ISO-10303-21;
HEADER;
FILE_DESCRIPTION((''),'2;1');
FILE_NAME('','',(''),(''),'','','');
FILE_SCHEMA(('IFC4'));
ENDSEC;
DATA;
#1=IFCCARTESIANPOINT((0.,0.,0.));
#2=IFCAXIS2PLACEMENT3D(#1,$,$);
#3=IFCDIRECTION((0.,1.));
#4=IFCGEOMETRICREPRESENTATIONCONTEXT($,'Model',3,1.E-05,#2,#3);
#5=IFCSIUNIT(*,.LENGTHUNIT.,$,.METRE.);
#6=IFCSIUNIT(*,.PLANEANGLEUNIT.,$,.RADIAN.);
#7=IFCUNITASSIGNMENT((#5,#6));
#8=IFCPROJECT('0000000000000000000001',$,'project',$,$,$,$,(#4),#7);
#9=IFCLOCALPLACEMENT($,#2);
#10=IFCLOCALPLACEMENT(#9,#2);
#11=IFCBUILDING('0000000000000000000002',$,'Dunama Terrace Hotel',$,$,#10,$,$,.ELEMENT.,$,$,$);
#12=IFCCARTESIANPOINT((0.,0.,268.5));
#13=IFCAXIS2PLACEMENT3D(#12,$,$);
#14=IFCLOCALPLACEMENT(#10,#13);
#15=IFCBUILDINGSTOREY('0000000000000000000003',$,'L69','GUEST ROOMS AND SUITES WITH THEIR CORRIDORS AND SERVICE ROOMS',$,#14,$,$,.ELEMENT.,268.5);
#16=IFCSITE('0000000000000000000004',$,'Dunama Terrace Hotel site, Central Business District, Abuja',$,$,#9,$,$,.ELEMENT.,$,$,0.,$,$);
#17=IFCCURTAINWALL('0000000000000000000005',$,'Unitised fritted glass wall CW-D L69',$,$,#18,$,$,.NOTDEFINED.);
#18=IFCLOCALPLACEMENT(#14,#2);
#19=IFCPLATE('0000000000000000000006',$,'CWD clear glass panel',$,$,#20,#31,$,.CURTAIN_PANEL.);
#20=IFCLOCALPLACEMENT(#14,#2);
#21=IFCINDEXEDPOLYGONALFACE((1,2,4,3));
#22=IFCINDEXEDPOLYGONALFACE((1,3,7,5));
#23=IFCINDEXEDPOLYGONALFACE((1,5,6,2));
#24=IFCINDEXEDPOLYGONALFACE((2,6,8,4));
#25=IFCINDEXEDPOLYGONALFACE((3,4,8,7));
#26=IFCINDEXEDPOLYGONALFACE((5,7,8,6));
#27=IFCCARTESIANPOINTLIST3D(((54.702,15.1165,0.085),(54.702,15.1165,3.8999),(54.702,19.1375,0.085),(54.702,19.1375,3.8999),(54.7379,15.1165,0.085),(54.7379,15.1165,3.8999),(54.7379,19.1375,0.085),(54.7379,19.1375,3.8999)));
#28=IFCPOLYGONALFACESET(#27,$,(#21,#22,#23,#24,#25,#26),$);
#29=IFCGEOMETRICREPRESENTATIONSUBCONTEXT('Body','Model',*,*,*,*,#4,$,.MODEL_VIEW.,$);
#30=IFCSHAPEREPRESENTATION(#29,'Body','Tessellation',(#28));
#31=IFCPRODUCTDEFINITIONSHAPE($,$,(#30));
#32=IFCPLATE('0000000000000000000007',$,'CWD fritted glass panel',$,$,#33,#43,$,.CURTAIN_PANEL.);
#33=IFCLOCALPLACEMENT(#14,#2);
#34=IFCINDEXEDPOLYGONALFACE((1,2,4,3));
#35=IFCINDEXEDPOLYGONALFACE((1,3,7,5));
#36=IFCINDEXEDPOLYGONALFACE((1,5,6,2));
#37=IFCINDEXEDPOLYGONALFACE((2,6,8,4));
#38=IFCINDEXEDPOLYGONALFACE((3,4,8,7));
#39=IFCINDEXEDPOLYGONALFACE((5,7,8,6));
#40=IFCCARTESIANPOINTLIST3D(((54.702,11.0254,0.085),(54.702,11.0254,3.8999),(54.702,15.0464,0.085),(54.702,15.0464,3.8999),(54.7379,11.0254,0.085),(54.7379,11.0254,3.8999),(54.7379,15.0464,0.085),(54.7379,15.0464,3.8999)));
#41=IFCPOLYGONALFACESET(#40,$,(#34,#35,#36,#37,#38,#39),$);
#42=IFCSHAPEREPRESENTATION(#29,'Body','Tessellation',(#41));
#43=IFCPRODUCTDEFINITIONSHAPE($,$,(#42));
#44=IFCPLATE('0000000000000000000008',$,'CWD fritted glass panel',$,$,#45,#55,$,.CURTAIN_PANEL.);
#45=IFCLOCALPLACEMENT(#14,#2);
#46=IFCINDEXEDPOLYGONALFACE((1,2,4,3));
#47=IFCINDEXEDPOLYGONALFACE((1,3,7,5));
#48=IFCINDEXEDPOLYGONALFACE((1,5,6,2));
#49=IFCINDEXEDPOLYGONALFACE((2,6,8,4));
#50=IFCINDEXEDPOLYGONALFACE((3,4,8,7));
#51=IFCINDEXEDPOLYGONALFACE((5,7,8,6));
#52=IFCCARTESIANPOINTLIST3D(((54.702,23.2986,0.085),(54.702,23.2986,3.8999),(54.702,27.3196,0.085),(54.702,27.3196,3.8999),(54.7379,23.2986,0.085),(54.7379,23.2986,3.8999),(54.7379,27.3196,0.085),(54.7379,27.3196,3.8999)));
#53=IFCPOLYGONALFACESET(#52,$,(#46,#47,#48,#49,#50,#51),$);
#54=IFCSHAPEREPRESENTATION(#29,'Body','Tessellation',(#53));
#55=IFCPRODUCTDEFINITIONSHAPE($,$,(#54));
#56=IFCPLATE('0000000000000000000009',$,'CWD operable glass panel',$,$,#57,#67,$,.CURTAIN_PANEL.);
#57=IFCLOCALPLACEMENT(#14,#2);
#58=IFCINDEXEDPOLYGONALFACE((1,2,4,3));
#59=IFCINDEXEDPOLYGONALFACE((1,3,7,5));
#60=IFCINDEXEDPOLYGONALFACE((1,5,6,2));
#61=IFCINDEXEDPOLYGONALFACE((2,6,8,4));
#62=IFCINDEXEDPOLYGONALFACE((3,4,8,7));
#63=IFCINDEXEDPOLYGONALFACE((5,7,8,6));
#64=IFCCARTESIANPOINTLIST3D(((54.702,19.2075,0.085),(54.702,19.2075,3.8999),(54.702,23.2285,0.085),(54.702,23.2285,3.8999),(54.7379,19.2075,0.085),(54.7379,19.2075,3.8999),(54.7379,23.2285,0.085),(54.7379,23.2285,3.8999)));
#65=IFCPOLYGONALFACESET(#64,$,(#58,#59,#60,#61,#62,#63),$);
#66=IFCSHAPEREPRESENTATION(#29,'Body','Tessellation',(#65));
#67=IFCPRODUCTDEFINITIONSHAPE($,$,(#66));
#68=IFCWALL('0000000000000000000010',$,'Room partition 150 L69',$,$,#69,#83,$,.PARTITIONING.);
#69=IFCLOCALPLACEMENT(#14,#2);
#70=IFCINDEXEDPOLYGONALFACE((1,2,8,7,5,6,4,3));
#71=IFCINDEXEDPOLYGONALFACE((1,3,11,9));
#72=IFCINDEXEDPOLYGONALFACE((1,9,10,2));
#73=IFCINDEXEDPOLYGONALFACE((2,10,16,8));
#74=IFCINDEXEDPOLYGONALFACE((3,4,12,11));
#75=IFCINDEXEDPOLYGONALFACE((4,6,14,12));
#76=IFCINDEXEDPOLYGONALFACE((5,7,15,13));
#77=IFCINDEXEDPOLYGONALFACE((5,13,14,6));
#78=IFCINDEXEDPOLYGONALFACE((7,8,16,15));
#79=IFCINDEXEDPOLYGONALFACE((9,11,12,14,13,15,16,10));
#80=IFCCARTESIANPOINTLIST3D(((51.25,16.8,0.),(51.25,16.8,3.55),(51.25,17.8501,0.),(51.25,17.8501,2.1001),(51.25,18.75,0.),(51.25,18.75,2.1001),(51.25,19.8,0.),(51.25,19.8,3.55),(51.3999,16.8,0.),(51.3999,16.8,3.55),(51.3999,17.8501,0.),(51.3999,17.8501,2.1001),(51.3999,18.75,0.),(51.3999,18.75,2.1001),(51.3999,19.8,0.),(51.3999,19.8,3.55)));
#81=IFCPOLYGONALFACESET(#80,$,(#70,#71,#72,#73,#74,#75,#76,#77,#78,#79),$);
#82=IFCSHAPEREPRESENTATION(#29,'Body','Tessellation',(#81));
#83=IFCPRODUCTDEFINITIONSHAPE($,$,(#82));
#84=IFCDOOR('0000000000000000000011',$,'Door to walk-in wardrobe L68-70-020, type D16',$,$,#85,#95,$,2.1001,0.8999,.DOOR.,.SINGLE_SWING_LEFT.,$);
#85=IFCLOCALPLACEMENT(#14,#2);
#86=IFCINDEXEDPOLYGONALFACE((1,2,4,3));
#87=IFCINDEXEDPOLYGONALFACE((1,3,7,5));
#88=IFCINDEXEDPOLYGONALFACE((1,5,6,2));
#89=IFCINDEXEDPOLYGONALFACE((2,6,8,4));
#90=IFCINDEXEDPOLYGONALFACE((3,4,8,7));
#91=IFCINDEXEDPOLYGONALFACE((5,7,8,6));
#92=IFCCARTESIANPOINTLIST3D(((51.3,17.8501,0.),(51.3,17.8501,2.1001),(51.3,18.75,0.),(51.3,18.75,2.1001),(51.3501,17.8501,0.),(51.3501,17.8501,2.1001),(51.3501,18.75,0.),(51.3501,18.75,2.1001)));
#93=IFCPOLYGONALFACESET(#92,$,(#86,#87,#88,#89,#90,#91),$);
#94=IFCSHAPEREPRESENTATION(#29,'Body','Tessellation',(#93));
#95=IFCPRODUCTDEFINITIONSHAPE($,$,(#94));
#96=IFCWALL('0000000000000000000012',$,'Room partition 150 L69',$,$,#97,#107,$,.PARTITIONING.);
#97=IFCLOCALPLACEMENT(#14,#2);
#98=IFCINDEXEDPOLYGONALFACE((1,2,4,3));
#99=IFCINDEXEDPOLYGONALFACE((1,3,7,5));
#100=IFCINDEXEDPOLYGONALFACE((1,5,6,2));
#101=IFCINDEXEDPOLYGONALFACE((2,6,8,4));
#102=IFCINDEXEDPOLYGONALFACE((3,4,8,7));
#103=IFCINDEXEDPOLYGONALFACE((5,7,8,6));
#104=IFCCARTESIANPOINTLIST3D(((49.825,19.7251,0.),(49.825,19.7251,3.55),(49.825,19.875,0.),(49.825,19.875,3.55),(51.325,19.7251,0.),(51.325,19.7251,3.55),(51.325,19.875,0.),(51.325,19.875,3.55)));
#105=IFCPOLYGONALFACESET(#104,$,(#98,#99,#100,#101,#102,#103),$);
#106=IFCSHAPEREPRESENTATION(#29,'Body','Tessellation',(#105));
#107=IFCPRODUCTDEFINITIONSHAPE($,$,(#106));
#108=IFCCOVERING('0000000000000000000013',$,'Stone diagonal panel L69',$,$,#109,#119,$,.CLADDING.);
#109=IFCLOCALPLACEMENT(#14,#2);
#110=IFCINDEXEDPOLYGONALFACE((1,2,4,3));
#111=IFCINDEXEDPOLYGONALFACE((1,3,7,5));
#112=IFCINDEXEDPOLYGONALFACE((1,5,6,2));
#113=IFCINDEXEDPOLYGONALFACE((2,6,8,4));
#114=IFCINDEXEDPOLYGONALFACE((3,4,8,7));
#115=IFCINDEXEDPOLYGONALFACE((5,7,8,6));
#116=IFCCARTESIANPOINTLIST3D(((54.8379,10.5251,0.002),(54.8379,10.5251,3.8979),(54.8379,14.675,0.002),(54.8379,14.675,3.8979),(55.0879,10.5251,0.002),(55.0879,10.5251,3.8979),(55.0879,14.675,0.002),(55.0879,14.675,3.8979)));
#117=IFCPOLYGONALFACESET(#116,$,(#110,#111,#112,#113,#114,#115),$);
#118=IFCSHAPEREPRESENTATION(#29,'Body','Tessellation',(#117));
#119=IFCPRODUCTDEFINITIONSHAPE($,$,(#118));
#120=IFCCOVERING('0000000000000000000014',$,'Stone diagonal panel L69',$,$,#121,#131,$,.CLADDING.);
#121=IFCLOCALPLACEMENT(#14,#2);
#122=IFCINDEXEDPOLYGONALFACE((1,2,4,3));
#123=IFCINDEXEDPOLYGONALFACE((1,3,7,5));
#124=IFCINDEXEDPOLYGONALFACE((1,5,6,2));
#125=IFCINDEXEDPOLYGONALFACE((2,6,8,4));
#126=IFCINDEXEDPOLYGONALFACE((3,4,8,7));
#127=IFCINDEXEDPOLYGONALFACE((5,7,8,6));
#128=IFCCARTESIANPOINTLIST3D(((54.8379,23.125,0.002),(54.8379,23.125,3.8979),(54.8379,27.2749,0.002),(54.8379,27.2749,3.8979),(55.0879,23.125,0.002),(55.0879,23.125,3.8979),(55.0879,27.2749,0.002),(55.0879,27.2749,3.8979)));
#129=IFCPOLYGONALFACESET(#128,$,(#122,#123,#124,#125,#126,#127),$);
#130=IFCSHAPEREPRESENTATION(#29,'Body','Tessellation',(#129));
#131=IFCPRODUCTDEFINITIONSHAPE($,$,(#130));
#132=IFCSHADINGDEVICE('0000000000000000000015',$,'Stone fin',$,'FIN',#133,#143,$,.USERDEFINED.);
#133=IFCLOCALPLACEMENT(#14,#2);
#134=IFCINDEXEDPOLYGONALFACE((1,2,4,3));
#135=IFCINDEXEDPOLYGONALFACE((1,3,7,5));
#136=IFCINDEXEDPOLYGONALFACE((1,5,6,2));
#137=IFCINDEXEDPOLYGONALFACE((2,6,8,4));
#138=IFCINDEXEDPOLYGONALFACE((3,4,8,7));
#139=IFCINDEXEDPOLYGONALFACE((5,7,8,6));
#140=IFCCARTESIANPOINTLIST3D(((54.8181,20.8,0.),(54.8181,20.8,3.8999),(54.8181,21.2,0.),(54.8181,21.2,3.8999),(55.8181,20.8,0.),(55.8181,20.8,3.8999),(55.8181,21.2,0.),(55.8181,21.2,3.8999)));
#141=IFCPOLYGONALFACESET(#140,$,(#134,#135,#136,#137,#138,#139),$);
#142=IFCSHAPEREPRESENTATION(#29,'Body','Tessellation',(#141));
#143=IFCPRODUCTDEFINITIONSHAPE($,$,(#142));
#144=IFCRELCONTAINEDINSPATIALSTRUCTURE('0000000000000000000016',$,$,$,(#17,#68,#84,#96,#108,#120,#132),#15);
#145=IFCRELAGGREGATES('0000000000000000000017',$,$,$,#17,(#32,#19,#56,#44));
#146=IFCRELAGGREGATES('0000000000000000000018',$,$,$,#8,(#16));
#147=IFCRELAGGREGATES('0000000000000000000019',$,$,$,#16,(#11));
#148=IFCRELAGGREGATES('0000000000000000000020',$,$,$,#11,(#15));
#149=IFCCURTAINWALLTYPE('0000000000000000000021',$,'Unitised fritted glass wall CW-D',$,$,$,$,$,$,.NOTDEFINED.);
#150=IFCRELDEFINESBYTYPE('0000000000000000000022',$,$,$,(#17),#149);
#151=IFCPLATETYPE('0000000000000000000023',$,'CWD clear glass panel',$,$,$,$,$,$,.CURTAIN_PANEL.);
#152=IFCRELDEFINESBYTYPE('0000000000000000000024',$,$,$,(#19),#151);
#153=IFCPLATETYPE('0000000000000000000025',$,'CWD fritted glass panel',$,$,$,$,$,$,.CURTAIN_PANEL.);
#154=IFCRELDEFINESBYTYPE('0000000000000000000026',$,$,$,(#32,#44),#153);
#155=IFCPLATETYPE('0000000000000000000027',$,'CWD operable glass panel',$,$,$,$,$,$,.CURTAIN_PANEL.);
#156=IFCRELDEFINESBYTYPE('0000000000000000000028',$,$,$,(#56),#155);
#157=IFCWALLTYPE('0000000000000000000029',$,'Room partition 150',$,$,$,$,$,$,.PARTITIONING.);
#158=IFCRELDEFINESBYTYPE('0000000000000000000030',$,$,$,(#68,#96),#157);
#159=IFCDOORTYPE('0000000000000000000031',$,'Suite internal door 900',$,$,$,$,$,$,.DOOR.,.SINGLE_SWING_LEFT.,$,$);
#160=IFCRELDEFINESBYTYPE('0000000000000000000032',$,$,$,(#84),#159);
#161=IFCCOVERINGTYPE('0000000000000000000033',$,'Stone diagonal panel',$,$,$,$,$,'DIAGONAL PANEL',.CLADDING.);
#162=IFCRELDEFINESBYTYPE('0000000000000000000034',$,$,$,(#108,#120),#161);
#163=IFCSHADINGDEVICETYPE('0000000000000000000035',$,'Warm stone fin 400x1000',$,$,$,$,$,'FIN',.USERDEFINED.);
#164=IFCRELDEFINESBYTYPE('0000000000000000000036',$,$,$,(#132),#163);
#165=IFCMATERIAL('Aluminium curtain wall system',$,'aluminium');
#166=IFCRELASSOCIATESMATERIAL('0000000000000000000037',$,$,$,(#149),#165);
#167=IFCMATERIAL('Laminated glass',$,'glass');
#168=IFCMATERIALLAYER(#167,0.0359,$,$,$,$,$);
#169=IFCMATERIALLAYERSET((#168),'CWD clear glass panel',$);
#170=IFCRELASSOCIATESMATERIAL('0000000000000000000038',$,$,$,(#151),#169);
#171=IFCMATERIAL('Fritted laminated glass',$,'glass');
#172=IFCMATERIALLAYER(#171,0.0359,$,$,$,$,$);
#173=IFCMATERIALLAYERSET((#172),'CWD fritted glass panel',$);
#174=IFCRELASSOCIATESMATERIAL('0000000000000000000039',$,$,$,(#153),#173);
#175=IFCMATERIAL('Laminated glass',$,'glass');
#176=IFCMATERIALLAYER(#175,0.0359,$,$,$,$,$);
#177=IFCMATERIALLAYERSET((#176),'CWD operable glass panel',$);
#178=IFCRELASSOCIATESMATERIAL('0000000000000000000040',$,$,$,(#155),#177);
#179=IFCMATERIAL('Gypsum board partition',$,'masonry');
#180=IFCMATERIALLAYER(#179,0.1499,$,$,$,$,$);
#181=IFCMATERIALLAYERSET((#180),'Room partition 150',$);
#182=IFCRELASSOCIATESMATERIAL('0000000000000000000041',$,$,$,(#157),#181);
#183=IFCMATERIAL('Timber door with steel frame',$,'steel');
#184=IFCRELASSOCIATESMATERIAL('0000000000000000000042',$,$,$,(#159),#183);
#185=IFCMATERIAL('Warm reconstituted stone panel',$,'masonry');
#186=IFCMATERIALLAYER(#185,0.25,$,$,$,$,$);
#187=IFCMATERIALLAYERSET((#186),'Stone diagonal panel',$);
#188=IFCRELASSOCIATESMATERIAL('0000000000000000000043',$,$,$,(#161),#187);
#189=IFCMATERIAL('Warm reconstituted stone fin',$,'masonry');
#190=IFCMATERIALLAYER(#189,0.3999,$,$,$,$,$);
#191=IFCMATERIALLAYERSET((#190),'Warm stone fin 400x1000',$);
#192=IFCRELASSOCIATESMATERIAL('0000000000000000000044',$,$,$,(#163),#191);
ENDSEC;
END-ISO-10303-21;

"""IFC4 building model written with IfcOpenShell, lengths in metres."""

from ifc_helpers import new_model, si_unit, direction, frame, frame_2d, origin, origin_2d, place, context, subcontext, project, spatial, rectangle, extrude, material, layer, layer_set, type_object, element, fill, aggregate, save


model = new_model("IFC4")

# Units and contexts
model_context = context("Model", 3, precision=1e-05, world=origin(), true_north=direction((0.0, 1.0)))
body_context = subcontext(model_context, "Body", "Model", "MODEL_VIEW")
ifc_project = project(units=[si_unit("LENGTHUNIT", "METRE"), si_unit("PLANEANGLEUNIT", "RADIAN")], contexts=[model_context])

# Site, building, storey
site_placement = place(None, origin())
site = spatial("IfcSite", under=ifc_project, at=site_placement, Name="Dunama Terrace Hotel site, Central Business District, Abuja", CompositionType="ELEMENT", RefElevation=0.0)
building_placement = place(site_placement, origin())
building = spatial("IfcBuilding", under=site, at=building_placement, Name="Dunama Terrace Hotel", CompositionType="ELEMENT")
storey_placement = place(building_placement, frame((0.0, 0.0, 268.5)))
storey = spatial("IfcBuildingStorey", under=building, at=storey_placement, Name="L69", Description="GUEST ROOMS AND SUITES WITH THEIR CORRIDORS AND SERVICE ROOMS", CompositionType="ELEMENT", Elevation=268.5)

# Curtain wall
ifc_material_1 = material(Name="Aluminium curtain wall system", Category="aluminium")
curtain_wall_type = type_object("IfcCurtainWallType", Name="Unitised fritted glass wall CW-D", PredefinedType="NOTDEFINED", material=ifc_material_1)
curtain_wall_placement = place(storey_placement, origin())
curtain_wall = element("IfcCurtainWall", 1, at=curtain_wall_placement, inside=storey, type_object=curtain_wall_type, Name="Unitised fritted glass wall CW-D L69", PredefinedType="NOTDEFINED")

# Plates
ifc_material_2 = material(Name="Laminated glass", Category="glass")
ifc_layer_1 = layer(ifc_material_2, 0.0359)
ifc_layer_set_1 = layer_set([ifc_layer_1], Name="CWD clear glass panel")
plate_type_1 = type_object("IfcPlateType", Name="CWD clear glass panel", PredefinedType="CURTAIN_PANEL", material=ifc_layer_set_1)
plate_1_placement = place(storey_placement, frame((54.72, 17.127, 0.085), z_axis=(0.0, 0.0, 1.0), x_axis=(0.0, 1.0, 0.0)))
plate_1 = element("IfcPlate", 2, at=plate_1_placement, type_object=plate_type_1, Name="CWD clear glass panel", PredefinedType="CURTAIN_PANEL", context=body_context, shape_type="SweptSolid", body=[
    extrude(rectangle(XDim=4.021, YDim=0.0359, at=origin_2d()), origin(), (0.0, 0.0, 1.0), 3.8149),
])
ifc_material_3 = material(Name="Fritted laminated glass", Category="glass")
ifc_layer_2 = layer(ifc_material_3, 0.0359)
ifc_layer_set_2 = layer_set([ifc_layer_2], Name="CWD fritted glass panel")
plate_type_2 = type_object("IfcPlateType", Name="CWD fritted glass panel", PredefinedType="CURTAIN_PANEL", material=ifc_layer_set_2)
plate_2_placement = place(storey_placement, frame((54.72, 13.0359, 0.085), z_axis=(0.0, 0.0, 1.0), x_axis=(0.0, 1.0, 0.0)))
plate_2 = element("IfcPlate", 3, at=plate_2_placement, type_object=plate_type_2, Name="CWD fritted glass panel", PredefinedType="CURTAIN_PANEL", context=body_context, shape_type="SweptSolid", body=[
    extrude(rectangle(XDim=4.021, YDim=0.0359, at=origin_2d()), origin(), (0.0, 0.0, 1.0), 3.8149),
])
plate_3_placement = place(storey_placement, frame((54.72, 25.3091, 0.085), z_axis=(0.0, 0.0, 1.0), x_axis=(0.0, 1.0, 0.0)))
plate_3 = element("IfcPlate", 4, at=plate_3_placement, type_object=plate_type_2, Name="CWD fritted glass panel", PredefinedType="CURTAIN_PANEL", context=body_context, shape_type="SweptSolid", body=[
    extrude(rectangle(XDim=4.021, YDim=0.0359, at=origin_2d()), origin(), (0.0, 0.0, 1.0), 3.8149),
])
ifc_material_4 = material(Name="Laminated glass", Category="glass")
ifc_layer_3 = layer(ifc_material_4, 0.0359)
ifc_layer_set_3 = layer_set([ifc_layer_3], Name="CWD operable glass panel")
plate_type_3 = type_object("IfcPlateType", Name="CWD operable glass panel", PredefinedType="CURTAIN_PANEL", material=ifc_layer_set_3)
plate_4_placement = place(storey_placement, frame((54.72, 21.218, 0.085), z_axis=(0.0, 0.0, 1.0), x_axis=(0.0, 1.0, 0.0)))
plate_4 = element("IfcPlate", 5, at=plate_4_placement, type_object=plate_type_3, Name="CWD operable glass panel", PredefinedType="CURTAIN_PANEL", context=body_context, shape_type="SweptSolid", body=[
    extrude(rectangle(XDim=4.021, YDim=0.0359, at=origin_2d()), origin(), (0.0, 0.0, 1.0), 3.8149),
])
aggregate(curtain_wall, [plate_2, plate_1, plate_4, plate_3])

# Wall, opening, door
ifc_material_5 = material(Name="Gypsum board partition", Category="masonry")
ifc_layer_4 = layer(ifc_material_5, 0.1499)
ifc_layer_set_4 = layer_set([ifc_layer_4], Name="Room partition 150")
wall_type = type_object("IfcWallType", Name="Room partition 150", PredefinedType="PARTITIONING", material=ifc_layer_set_4)
wall_1_placement = place(storey_placement, frame((51.325, 16.8, 0.0), z_axis=(0.0, 0.0, 1.0), x_axis=(0.0, 1.0, 0.0)))
wall_1 = element("IfcWall", 6, at=wall_1_placement, inside=storey, type_object=wall_type, Name="Room partition 150 L69", PredefinedType="PARTITIONING", context=body_context, shape_type="SweptSolid", body=[
    extrude(rectangle(XDim=3.0, YDim=0.1499, at=frame_2d((1.5, 0.0))), origin(), (0.0, 0.0, 1.0), 3.55),
])
opening_placement = place(wall_1_placement, frame((1.05, 0.0, 0.0)))
opening = element("IfcOpeningElement", 7, at=opening_placement, cuts=wall_1, PredefinedType="OPENING", context=body_context, shape_type="SweptSolid", body=[
    extrude(rectangle(XDim=0.8999, YDim=2.1001, at=frame_2d((0.45, 1.05))), frame((0.0, 0.085, 0.0), z_axis=(0.0, -1.0, 0.0), x_axis=(1.0, 0.0, 0.0)), (0.0, 0.0, 1.0), 0.1699),
])
ifc_material_6 = material(Name="Timber door with steel frame", Category="steel")
door_type = type_object("IfcDoorType", Name="Suite internal door 900", OperationType="SINGLE_SWING_LEFT", PredefinedType="DOOR", material=ifc_material_6)
door_placement = place(opening_placement, origin())
door = element("IfcDoor", 8, at=door_placement, inside=storey, type_object=door_type, Name="Door to walk-in wardrobe L68-70-020, type D16", OperationType="SINGLE_SWING_LEFT", OverallHeight=2.1001, OverallWidth=0.8999, PredefinedType="DOOR", context=body_context, shape_type="SweptSolid", body=[
    extrude(rectangle(XDim=0.8999, YDim=2.1001, at=frame_2d((0.45, 1.05))), frame((0.0, 0.0249, 0.0), z_axis=(0.0, -1.0, 0.0), x_axis=(1.0, 0.0, 0.0)), (0.0, 0.0, 1.0), 0.05),
])
fill(opening, door)

# Wall
wall_2_placement = place(storey_placement, frame((49.825, 19.8, 0.0), z_axis=(0.0, 0.0, 1.0), x_axis=(1.0, 0.0, 0.0)))
element("IfcWall", 9, at=wall_2_placement, inside=storey, type_object=wall_type, Name="Room partition 150 L69", PredefinedType="PARTITIONING", context=body_context, shape_type="SweptSolid", body=[
    extrude(rectangle(XDim=1.5, YDim=0.1499, at=frame_2d((0.75, 0.0))), origin(), (0.0, 0.0, 1.0), 3.55),
])

# Coverings
ifc_material_7 = material(Name="Warm reconstituted stone panel", Category="masonry")
ifc_layer_5 = layer(ifc_material_7, 0.25)
ifc_layer_set_5 = layer_set([ifc_layer_5], Name="Stone diagonal panel")
covering_type = type_object("IfcCoveringType", Name="Stone diagonal panel", ElementType="DIAGONAL PANEL", PredefinedType="CLADDING", material=ifc_layer_set_5)
for number, where, z_axis, x_axis, name in (
    (10, (54.9629, 12.6001, 0.002), (0.0, 0.0, 1.0), (0.0, 1.0, 0.0), "Stone diagonal panel L69"),
    (11, (54.9629, 25.2, 0.002), (0.0, 0.0, 1.0), (0.0, 1.0, 0.0), "Stone diagonal panel L69"),
):
    element("IfcCovering", number, at=place(storey_placement, frame(where, z_axis=z_axis, x_axis=x_axis)), inside=storey, type_object=covering_type, Name=name, PredefinedType="CLADDING", context=body_context, shape_type="SweptSolid", body=[
        extrude(rectangle(XDim=4.1499, YDim=0.25, at=origin_2d()), origin(), (0.0, 0.0, 1.0), 3.896),
    ])

# Shading device
ifc_material_8 = material(Name="Warm reconstituted stone fin", Category="masonry")
ifc_layer_6 = layer(ifc_material_8, 0.3999)
ifc_layer_set_6 = layer_set([ifc_layer_6], Name="Warm stone fin 400x1000")
shading_device_type = type_object("IfcShadingDeviceType", Name="Warm stone fin 400x1000", ElementType="FIN", PredefinedType="USERDEFINED", material=ifc_layer_set_6)
shading_device_placement = place(storey_placement, frame((55.3181, 21.0, 0.0), z_axis=(0.0, 0.0, 1.0), x_axis=(0.0, 1.0, 0.0)))
element("IfcShadingDevice", 12, at=shading_device_placement, inside=storey, type_object=shading_device_type, Name="Stone fin", ObjectType="FIN", PredefinedType="USERDEFINED", context=body_context, shape_type="SweptSolid", body=[
    extrude(rectangle(XDim=0.3999, YDim=1.0, at=origin_2d()), origin(), (0.0, 0.0, 1.0), 3.8999),
])

save(model, "model.ifc")
